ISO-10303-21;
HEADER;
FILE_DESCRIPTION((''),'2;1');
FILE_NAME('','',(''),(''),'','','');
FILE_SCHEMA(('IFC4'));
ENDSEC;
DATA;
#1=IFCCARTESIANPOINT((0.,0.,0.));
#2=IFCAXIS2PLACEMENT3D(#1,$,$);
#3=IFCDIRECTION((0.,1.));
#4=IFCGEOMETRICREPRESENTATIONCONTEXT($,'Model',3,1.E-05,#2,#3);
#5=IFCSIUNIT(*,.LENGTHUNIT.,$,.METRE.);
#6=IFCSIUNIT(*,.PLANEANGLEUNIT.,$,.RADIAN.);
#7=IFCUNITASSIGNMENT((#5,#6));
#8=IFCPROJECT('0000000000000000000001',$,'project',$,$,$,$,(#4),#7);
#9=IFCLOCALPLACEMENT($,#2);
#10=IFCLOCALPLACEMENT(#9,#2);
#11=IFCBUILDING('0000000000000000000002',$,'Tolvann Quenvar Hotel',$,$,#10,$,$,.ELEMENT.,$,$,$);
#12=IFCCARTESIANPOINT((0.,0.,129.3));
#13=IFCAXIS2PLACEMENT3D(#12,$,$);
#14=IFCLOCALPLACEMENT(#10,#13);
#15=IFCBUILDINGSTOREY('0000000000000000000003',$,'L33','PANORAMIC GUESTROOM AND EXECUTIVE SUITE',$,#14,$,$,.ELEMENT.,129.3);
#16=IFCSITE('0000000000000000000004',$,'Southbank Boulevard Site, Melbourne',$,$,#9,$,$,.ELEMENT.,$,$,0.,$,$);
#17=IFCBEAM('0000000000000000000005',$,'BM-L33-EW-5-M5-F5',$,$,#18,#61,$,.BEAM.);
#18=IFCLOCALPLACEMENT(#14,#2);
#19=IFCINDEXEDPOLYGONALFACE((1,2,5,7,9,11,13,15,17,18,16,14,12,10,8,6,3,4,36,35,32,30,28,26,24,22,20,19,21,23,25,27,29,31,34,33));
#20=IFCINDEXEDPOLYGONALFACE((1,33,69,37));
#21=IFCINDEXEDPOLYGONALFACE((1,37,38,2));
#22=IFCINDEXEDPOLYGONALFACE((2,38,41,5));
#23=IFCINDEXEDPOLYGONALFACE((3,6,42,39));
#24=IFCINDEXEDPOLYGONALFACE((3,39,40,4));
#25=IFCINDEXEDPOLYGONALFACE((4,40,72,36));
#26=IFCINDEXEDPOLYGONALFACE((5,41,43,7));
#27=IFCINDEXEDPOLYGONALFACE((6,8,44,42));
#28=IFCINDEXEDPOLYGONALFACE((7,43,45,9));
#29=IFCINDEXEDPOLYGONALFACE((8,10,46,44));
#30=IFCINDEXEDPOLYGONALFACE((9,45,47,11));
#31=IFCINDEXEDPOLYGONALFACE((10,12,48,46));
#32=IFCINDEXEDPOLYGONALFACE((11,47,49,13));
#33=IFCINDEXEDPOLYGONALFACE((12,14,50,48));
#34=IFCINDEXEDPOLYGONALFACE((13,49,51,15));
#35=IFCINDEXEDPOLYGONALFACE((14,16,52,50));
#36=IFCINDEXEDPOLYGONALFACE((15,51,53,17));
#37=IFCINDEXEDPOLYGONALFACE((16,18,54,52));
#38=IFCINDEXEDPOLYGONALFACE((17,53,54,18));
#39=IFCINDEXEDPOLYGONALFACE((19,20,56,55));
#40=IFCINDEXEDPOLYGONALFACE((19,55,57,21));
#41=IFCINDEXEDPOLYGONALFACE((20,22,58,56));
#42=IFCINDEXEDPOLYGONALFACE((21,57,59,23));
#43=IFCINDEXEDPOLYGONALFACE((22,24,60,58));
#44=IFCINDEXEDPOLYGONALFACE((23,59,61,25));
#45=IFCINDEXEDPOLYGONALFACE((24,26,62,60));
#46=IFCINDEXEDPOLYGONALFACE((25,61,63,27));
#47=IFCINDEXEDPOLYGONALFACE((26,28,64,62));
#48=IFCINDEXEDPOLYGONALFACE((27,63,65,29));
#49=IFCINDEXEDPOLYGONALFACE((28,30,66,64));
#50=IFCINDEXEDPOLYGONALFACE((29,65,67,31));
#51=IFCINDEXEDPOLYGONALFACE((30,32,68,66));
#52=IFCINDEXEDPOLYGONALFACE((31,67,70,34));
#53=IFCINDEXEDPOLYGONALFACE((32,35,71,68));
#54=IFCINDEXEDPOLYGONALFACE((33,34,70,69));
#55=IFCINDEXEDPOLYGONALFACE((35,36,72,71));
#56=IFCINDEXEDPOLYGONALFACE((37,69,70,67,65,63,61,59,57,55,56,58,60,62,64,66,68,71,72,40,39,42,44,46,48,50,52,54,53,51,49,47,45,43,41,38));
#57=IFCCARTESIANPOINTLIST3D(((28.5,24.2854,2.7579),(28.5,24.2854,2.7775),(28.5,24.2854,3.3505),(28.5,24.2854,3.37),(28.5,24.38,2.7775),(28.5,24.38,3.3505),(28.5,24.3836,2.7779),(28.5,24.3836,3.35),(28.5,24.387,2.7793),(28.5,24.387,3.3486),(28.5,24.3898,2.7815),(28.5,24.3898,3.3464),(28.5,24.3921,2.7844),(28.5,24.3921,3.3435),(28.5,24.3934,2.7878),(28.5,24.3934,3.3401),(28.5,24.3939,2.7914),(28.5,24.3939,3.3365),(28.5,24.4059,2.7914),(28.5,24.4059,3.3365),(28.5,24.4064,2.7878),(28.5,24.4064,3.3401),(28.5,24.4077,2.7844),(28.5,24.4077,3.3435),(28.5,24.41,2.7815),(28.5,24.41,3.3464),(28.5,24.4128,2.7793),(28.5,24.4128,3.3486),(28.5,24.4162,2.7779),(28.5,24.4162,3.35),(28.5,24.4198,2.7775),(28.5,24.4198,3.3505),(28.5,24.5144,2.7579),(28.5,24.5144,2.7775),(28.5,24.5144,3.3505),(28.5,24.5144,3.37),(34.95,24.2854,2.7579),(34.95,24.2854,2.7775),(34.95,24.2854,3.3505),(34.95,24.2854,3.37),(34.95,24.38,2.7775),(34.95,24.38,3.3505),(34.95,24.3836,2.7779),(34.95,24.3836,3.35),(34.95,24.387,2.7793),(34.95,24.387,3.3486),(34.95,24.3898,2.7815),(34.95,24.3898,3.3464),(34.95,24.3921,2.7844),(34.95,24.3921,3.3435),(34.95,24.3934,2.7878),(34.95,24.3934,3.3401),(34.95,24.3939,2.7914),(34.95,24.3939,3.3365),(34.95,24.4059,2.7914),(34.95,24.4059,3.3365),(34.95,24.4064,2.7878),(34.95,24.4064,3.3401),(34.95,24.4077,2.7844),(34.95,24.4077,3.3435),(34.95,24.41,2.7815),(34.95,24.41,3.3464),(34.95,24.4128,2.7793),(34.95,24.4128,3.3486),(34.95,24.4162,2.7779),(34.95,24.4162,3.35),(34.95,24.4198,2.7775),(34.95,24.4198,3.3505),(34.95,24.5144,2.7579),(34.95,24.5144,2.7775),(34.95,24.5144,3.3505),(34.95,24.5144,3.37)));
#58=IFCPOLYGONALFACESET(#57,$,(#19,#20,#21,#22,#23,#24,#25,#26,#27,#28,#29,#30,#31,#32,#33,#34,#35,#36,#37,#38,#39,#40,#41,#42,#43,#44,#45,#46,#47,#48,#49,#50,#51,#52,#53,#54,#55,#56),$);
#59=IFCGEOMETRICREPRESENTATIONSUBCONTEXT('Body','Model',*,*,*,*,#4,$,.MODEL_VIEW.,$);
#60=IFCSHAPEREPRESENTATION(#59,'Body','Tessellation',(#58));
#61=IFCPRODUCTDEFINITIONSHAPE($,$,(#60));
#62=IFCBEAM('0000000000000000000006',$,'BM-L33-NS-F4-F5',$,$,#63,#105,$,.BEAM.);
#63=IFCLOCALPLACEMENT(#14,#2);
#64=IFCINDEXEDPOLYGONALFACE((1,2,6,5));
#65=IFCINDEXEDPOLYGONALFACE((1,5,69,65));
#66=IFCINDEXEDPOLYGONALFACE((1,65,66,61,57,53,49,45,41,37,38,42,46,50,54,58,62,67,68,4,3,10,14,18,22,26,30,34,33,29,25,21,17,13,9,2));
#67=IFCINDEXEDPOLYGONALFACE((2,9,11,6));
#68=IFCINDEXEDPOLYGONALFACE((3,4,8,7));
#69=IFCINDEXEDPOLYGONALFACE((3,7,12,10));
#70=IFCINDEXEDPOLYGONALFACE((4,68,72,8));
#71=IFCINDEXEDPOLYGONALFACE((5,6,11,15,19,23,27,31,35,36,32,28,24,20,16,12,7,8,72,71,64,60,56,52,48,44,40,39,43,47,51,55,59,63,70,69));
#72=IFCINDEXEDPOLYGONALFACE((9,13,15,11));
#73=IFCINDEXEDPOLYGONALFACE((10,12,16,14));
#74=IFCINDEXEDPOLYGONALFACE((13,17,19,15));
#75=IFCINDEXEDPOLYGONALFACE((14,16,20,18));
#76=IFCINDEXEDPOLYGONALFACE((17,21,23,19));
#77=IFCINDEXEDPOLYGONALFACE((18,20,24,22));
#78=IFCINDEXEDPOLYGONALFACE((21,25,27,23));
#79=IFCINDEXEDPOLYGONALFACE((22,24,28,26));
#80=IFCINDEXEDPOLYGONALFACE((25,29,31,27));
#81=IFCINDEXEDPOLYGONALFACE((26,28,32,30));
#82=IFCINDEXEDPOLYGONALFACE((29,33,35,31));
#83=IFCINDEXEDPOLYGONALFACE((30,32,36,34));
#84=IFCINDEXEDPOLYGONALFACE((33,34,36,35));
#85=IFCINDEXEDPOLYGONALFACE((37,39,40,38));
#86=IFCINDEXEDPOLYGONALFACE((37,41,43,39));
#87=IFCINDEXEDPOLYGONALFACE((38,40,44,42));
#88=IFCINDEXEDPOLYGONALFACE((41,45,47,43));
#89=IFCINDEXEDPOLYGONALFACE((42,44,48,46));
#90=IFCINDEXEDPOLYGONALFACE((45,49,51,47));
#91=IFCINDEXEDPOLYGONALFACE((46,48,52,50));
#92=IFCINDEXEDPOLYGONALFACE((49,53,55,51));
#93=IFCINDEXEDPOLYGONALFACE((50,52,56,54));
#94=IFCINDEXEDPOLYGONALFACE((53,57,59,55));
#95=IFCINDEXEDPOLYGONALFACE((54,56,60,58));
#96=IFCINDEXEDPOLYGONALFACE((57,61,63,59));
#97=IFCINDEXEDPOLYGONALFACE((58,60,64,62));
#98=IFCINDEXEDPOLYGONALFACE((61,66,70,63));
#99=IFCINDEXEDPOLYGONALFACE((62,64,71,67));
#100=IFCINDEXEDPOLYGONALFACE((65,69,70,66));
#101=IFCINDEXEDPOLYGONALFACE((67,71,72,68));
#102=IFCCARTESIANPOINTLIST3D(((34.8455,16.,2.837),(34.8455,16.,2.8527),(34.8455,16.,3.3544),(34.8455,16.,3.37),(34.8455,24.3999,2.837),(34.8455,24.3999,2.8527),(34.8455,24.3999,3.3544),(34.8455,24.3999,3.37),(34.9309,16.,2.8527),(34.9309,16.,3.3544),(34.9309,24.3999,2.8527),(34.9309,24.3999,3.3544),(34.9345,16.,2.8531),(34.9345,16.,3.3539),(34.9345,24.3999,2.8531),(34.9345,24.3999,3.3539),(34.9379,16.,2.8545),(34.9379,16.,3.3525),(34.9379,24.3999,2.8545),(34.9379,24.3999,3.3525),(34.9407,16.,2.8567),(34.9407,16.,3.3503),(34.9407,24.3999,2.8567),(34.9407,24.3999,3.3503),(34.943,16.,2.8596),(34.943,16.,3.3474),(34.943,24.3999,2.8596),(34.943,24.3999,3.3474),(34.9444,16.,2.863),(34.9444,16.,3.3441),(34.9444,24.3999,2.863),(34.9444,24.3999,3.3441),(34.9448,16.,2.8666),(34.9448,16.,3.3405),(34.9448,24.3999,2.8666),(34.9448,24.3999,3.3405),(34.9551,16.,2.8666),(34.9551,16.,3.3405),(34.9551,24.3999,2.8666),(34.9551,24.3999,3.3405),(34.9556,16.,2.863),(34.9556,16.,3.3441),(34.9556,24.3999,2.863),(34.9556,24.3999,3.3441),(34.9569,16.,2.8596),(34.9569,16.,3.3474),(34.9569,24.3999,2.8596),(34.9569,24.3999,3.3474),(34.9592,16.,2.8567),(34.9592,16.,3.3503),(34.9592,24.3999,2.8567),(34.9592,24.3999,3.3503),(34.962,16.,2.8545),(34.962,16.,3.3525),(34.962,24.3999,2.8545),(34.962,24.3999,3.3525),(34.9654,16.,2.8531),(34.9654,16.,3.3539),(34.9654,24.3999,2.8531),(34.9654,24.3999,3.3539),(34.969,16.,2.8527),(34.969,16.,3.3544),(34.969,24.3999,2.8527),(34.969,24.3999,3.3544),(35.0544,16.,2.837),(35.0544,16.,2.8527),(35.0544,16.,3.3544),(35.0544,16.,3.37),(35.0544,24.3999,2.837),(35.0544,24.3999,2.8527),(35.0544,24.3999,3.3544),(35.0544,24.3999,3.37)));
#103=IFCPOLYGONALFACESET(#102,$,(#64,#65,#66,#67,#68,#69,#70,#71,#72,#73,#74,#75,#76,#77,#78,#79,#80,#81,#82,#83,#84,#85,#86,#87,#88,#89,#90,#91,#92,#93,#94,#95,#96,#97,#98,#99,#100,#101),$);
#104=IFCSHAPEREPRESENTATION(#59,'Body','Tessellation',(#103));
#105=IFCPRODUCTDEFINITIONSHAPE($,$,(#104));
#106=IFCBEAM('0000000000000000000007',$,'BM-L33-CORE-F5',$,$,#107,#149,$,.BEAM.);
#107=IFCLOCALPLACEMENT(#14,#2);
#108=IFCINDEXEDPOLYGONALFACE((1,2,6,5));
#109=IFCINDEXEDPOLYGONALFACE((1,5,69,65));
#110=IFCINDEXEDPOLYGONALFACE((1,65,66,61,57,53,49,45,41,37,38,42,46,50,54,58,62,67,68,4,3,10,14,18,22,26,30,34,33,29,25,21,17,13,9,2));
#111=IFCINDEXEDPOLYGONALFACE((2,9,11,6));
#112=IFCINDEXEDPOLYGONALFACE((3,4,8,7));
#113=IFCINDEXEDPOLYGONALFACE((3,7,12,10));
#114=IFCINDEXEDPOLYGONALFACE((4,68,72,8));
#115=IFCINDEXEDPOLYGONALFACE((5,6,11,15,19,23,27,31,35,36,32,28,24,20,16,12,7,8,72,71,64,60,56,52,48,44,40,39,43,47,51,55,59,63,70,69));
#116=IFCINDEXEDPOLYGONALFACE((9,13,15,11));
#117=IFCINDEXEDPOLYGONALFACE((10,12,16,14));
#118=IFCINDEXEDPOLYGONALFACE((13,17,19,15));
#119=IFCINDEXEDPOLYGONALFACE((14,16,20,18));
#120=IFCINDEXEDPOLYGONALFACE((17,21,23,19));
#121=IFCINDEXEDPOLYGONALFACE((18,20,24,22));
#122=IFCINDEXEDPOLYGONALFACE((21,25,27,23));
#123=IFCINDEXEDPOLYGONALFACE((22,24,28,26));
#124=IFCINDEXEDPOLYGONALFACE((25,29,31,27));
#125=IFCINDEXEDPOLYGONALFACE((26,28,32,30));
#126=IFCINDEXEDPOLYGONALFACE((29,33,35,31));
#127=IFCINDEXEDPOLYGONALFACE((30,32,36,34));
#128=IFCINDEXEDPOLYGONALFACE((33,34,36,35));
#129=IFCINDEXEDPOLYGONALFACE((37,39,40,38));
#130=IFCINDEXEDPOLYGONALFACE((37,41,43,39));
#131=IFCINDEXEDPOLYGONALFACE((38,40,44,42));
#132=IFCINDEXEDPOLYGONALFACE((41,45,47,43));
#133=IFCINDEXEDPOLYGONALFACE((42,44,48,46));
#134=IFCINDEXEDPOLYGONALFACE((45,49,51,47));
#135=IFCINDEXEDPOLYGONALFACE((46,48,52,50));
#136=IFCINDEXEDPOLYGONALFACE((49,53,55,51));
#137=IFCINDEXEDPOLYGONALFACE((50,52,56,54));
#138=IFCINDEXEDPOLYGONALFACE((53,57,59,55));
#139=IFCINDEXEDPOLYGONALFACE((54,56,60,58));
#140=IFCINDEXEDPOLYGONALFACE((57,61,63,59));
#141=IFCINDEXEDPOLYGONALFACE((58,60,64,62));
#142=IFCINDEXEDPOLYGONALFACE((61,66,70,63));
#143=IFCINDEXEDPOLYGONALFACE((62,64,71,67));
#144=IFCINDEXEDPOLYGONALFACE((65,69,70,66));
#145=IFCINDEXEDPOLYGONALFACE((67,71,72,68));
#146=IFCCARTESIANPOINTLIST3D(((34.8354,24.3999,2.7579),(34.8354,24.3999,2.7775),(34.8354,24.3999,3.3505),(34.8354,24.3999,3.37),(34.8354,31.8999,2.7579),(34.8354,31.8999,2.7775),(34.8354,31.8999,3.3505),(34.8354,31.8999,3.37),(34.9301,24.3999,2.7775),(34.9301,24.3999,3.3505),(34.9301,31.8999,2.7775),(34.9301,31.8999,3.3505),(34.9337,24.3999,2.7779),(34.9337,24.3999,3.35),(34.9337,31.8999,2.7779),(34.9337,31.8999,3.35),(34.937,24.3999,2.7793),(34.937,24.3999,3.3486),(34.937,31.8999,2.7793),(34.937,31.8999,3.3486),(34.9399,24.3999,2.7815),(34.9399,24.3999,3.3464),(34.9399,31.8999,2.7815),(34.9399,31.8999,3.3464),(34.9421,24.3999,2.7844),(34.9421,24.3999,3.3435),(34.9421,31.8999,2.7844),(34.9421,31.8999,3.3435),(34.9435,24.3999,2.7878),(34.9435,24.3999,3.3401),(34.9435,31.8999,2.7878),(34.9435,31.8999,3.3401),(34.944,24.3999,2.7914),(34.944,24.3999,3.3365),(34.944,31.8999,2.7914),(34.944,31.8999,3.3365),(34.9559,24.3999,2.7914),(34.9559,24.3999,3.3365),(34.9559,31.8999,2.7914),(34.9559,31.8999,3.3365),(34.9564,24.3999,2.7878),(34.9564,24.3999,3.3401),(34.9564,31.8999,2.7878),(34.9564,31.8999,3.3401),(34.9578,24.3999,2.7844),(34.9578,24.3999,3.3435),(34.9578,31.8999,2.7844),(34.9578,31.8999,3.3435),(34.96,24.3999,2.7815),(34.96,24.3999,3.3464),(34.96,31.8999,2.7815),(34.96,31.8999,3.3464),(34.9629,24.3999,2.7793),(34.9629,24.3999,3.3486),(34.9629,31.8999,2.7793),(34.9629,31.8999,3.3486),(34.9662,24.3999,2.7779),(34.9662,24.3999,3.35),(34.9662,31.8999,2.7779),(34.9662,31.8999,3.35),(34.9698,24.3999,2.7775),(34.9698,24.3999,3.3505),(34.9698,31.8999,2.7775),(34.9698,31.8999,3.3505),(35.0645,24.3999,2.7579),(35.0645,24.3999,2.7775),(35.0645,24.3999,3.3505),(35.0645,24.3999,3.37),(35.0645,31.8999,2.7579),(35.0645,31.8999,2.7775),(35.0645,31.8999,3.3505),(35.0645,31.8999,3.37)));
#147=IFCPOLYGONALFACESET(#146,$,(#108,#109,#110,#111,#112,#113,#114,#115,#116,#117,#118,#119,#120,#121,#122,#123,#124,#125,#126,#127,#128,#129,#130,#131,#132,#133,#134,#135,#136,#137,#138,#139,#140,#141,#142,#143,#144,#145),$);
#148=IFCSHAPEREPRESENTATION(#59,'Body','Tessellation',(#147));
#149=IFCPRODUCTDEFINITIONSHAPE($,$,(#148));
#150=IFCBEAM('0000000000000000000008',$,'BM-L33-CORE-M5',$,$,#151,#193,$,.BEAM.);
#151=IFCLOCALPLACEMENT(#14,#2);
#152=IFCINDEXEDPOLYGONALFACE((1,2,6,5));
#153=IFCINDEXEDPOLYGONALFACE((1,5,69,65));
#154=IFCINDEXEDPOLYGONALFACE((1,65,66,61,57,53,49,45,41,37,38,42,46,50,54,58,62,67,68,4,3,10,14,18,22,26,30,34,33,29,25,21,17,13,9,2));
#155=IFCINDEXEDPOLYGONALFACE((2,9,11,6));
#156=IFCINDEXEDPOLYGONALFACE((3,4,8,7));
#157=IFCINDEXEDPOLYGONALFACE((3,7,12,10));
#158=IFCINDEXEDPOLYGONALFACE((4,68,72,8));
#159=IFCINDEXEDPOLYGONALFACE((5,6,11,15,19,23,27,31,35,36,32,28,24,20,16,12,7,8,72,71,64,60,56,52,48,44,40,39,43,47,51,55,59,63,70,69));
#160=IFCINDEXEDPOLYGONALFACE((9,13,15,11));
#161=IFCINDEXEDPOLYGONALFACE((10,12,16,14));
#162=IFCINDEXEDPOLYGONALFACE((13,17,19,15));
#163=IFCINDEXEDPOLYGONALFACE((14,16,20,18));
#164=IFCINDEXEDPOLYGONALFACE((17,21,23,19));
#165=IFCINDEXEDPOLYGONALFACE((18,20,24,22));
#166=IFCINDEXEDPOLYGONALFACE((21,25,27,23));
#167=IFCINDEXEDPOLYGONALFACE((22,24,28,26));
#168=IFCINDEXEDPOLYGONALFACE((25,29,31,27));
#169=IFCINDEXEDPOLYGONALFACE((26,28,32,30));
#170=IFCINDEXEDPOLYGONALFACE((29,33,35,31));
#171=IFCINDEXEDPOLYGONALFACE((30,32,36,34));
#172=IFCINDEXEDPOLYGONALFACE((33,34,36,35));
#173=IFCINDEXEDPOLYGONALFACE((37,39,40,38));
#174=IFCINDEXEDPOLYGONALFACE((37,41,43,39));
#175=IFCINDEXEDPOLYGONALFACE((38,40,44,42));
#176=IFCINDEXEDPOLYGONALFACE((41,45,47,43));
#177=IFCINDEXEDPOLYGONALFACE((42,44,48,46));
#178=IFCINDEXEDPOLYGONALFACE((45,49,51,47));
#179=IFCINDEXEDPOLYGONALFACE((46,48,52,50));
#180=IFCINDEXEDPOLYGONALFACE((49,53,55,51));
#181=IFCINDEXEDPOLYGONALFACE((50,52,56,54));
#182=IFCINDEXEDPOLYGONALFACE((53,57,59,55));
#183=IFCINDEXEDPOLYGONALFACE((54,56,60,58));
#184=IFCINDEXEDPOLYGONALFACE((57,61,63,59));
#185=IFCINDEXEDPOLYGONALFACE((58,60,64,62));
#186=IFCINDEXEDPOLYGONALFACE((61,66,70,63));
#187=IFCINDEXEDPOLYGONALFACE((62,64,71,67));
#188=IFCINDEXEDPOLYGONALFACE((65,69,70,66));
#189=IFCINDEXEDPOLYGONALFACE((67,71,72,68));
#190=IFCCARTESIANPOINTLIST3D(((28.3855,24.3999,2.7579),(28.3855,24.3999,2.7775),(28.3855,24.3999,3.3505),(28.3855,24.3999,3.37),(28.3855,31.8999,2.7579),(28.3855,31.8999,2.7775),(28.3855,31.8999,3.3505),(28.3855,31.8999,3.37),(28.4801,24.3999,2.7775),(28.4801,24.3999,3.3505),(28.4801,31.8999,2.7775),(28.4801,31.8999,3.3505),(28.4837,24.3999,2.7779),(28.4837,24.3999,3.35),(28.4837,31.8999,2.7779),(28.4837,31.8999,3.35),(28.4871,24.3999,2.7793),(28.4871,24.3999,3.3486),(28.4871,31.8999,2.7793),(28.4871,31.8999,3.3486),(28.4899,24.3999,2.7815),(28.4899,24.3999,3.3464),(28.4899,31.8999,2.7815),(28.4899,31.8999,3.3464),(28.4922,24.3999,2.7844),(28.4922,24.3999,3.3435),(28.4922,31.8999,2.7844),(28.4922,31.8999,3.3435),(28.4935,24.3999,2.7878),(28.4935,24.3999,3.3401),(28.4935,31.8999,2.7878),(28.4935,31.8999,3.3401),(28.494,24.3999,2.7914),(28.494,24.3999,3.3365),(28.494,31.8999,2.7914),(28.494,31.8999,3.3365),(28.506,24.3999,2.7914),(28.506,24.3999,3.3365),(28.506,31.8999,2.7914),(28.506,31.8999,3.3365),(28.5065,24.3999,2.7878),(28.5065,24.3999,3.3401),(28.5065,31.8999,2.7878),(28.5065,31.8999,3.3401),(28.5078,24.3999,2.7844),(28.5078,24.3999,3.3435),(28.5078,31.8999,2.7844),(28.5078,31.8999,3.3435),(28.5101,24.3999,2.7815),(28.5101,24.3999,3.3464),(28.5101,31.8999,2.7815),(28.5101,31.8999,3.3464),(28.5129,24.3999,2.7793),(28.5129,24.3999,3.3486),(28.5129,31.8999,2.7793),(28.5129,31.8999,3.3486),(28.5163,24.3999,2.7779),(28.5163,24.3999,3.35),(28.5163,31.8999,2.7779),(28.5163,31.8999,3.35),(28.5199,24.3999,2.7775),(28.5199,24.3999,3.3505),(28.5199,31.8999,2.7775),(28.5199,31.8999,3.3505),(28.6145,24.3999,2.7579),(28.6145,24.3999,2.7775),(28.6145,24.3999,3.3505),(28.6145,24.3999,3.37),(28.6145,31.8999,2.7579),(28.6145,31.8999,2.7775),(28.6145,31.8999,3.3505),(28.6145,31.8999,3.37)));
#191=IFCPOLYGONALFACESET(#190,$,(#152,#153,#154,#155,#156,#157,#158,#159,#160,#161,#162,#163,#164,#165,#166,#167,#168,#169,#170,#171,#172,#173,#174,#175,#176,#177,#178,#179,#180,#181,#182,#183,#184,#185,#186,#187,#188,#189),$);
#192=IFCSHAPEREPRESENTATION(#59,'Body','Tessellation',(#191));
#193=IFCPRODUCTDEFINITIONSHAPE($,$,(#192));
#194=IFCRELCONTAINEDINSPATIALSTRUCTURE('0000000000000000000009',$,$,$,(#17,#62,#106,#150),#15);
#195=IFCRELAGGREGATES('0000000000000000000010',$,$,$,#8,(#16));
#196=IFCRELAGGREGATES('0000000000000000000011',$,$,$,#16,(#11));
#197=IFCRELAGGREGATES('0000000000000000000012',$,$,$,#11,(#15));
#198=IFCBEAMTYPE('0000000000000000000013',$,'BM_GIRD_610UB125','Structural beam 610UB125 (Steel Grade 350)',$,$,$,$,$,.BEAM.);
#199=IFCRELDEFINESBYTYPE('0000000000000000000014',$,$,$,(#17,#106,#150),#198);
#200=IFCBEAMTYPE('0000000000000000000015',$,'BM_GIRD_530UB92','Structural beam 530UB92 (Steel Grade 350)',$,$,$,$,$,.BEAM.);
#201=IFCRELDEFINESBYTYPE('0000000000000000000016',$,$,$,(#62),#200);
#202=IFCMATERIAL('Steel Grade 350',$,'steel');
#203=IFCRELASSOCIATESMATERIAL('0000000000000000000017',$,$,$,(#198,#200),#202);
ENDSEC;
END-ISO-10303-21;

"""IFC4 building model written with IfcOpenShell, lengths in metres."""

from ifc_helpers import new_model, si_unit, direction, frame, origin, origin_2d, place, context, subcontext, project, spatial, i_section, extrude, source, transform, mapped, material, material_profile, profile_set, type_object, type_shapes, element, save


model = new_model("IFC4")

# Units and contexts
model_context = context("Model", 3, precision=1e-05, world=origin(), true_north=direction((0.0, 1.0)))
body_context = subcontext(model_context, "Body", "Model", "MODEL_VIEW")
ifc_project = project(units=[si_unit("LENGTHUNIT", "METRE"), si_unit("PLANEANGLEUNIT", "RADIAN")], contexts=[model_context])

# Site, building, storey
site_placement = place(None, origin())
site = spatial("IfcSite", under=ifc_project, at=site_placement, Name="Southbank Boulevard Site, Melbourne", CompositionType="ELEMENT", RefElevation=0.0)
building_placement = place(site_placement, origin())
building = spatial("IfcBuilding", under=site, at=building_placement, Name="Tolvann Quenvar Hotel", CompositionType="ELEMENT")
storey_placement = place(building_placement, frame((0.0, 0.0, 129.3)))
storey = spatial("IfcBuildingStorey", under=building, at=storey_placement, Name="L33", Description="PANORAMIC GUESTROOM AND EXECUTIVE SUITE", CompositionType="ELEMENT", Elevation=129.3)

# Shared definitions
ifc_material_1 = material(Name="Steel Grade 350", Category="steel")

# Beams
ifc_material_profile_1 = material_profile(ifc_material_1, i_section(OverallWidth=0.229, OverallDepth=0.6121, WebThickness=0.012, FlangeThickness=0.0195, FilletRadius=0.0139, at=origin_2d()), Name="610UB125")
ifc_profile_set_1 = profile_set([ifc_material_profile_1], Name="Steel Grade 350")
beam_type_1 = type_object("IfcBeamType", Name="BM_GIRD_610UB125", Description="Structural beam 610UB125 (Steel Grade 350)", PredefinedType="BEAM", material=ifc_profile_set_1)
shared_shape_1 = source(origin(), body_context, "Body", "SweptSolid", [
    extrude(i_section(OverallWidth=0.229, OverallDepth=0.6121, WebThickness=0.012, FlangeThickness=0.0195, FilletRadius=0.0139, at=origin_2d()), origin(), (0.0, 0.0, 1.0), 6.45),
])
beam_1_placement = place(storey_placement, frame((28.5, 24.3999, 3.064), z_axis=(1.0, 0.0, 0.0), x_axis=(0.0, 1.0, 0.0)))
element("IfcBeam", 1, at=beam_1_placement, inside=storey, type_object=beam_type_1, Name="BM-L33-EW-5-M5-F5", PredefinedType="BEAM", context=body_context, shape_type="MappedRepresentation", body=[
    mapped(shared_shape_1, transform((0.0, 0.0, 0.0), x_axis=(1.0, 0.0, 0.0), y_axis=(0.0, 1.0, 0.0), z_axis=(0.0, 0.0, 1.0), scale=1.0)),
])
ifc_material_profile_2 = material_profile(ifc_material_1, i_section(OverallWidth=0.209, OverallDepth=0.533, WebThickness=0.0103, FlangeThickness=0.0156, FilletRadius=0.0139, at=origin_2d()), Name="530UB92")
ifc_profile_set_2 = profile_set([ifc_material_profile_2], Name="Steel Grade 350")
beam_type_2 = type_object("IfcBeamType", Name="BM_GIRD_530UB92", Description="Structural beam 530UB92 (Steel Grade 350)", PredefinedType="BEAM", material=ifc_profile_set_2)
shared_shape_2 = source(origin(), body_context, "Body", "SweptSolid", [
    extrude(i_section(OverallWidth=0.209, OverallDepth=0.533, WebThickness=0.0103, FlangeThickness=0.0156, FilletRadius=0.0139, at=origin_2d()), origin(), (0.0, 0.0, 1.0), 8.3999),
])
type_shapes(beam_type_2, [shared_shape_2])
beam_2_placement = place(storey_placement, frame((34.95, 16.0, 3.1035), z_axis=(0.0, 1.0, 0.0), x_axis=(-1.0, 0.0, 0.0)))
element("IfcBeam", 2, at=beam_2_placement, inside=storey, type_object=beam_type_2, Name="BM-L33-NS-F4-F5", PredefinedType="BEAM", context=body_context, shape_type="MappedRepresentation", body=[
    mapped(shared_shape_2, transform((0.0, 0.0, 0.0), x_axis=(1.0, 0.0, 0.0), y_axis=(0.0, 1.0, 0.0), z_axis=(0.0, 0.0, 1.0), scale=1.0)),
])
shared_shape_3 = source(origin(), body_context, "Body", "SweptSolid", [
    extrude(i_section(OverallWidth=0.229, OverallDepth=0.6121, WebThickness=0.012, FlangeThickness=0.0195, FilletRadius=0.0139, at=origin_2d()), origin(), (0.0, 0.0, 1.0), 7.5),
])
for number, where, z_axis, x_axis, name in (
    (3, (34.95, 24.3999, 3.064), (0.0, 1.0, 0.0), (-1.0, 0.0, 0.0), "BM-L33-CORE-F5"),
    (4, (28.5, 24.3999, 3.064), (0.0, 1.0, 0.0), (-1.0, 0.0, 0.0), "BM-L33-CORE-M5"),
):
    element("IfcBeam", number, at=place(storey_placement, frame(where, z_axis=z_axis, x_axis=x_axis)), inside=storey, type_object=beam_type_1, Name=name, PredefinedType="BEAM", context=body_context, shape_type="MappedRepresentation", body=[
        mapped(shared_shape_3, transform((0.0, 0.0, 0.0), x_axis=(1.0, 0.0, 0.0), y_axis=(0.0, 1.0, 0.0), z_axis=(0.0, 0.0, 1.0), scale=1.0)),
    ])

save(model, "model.ifc")
